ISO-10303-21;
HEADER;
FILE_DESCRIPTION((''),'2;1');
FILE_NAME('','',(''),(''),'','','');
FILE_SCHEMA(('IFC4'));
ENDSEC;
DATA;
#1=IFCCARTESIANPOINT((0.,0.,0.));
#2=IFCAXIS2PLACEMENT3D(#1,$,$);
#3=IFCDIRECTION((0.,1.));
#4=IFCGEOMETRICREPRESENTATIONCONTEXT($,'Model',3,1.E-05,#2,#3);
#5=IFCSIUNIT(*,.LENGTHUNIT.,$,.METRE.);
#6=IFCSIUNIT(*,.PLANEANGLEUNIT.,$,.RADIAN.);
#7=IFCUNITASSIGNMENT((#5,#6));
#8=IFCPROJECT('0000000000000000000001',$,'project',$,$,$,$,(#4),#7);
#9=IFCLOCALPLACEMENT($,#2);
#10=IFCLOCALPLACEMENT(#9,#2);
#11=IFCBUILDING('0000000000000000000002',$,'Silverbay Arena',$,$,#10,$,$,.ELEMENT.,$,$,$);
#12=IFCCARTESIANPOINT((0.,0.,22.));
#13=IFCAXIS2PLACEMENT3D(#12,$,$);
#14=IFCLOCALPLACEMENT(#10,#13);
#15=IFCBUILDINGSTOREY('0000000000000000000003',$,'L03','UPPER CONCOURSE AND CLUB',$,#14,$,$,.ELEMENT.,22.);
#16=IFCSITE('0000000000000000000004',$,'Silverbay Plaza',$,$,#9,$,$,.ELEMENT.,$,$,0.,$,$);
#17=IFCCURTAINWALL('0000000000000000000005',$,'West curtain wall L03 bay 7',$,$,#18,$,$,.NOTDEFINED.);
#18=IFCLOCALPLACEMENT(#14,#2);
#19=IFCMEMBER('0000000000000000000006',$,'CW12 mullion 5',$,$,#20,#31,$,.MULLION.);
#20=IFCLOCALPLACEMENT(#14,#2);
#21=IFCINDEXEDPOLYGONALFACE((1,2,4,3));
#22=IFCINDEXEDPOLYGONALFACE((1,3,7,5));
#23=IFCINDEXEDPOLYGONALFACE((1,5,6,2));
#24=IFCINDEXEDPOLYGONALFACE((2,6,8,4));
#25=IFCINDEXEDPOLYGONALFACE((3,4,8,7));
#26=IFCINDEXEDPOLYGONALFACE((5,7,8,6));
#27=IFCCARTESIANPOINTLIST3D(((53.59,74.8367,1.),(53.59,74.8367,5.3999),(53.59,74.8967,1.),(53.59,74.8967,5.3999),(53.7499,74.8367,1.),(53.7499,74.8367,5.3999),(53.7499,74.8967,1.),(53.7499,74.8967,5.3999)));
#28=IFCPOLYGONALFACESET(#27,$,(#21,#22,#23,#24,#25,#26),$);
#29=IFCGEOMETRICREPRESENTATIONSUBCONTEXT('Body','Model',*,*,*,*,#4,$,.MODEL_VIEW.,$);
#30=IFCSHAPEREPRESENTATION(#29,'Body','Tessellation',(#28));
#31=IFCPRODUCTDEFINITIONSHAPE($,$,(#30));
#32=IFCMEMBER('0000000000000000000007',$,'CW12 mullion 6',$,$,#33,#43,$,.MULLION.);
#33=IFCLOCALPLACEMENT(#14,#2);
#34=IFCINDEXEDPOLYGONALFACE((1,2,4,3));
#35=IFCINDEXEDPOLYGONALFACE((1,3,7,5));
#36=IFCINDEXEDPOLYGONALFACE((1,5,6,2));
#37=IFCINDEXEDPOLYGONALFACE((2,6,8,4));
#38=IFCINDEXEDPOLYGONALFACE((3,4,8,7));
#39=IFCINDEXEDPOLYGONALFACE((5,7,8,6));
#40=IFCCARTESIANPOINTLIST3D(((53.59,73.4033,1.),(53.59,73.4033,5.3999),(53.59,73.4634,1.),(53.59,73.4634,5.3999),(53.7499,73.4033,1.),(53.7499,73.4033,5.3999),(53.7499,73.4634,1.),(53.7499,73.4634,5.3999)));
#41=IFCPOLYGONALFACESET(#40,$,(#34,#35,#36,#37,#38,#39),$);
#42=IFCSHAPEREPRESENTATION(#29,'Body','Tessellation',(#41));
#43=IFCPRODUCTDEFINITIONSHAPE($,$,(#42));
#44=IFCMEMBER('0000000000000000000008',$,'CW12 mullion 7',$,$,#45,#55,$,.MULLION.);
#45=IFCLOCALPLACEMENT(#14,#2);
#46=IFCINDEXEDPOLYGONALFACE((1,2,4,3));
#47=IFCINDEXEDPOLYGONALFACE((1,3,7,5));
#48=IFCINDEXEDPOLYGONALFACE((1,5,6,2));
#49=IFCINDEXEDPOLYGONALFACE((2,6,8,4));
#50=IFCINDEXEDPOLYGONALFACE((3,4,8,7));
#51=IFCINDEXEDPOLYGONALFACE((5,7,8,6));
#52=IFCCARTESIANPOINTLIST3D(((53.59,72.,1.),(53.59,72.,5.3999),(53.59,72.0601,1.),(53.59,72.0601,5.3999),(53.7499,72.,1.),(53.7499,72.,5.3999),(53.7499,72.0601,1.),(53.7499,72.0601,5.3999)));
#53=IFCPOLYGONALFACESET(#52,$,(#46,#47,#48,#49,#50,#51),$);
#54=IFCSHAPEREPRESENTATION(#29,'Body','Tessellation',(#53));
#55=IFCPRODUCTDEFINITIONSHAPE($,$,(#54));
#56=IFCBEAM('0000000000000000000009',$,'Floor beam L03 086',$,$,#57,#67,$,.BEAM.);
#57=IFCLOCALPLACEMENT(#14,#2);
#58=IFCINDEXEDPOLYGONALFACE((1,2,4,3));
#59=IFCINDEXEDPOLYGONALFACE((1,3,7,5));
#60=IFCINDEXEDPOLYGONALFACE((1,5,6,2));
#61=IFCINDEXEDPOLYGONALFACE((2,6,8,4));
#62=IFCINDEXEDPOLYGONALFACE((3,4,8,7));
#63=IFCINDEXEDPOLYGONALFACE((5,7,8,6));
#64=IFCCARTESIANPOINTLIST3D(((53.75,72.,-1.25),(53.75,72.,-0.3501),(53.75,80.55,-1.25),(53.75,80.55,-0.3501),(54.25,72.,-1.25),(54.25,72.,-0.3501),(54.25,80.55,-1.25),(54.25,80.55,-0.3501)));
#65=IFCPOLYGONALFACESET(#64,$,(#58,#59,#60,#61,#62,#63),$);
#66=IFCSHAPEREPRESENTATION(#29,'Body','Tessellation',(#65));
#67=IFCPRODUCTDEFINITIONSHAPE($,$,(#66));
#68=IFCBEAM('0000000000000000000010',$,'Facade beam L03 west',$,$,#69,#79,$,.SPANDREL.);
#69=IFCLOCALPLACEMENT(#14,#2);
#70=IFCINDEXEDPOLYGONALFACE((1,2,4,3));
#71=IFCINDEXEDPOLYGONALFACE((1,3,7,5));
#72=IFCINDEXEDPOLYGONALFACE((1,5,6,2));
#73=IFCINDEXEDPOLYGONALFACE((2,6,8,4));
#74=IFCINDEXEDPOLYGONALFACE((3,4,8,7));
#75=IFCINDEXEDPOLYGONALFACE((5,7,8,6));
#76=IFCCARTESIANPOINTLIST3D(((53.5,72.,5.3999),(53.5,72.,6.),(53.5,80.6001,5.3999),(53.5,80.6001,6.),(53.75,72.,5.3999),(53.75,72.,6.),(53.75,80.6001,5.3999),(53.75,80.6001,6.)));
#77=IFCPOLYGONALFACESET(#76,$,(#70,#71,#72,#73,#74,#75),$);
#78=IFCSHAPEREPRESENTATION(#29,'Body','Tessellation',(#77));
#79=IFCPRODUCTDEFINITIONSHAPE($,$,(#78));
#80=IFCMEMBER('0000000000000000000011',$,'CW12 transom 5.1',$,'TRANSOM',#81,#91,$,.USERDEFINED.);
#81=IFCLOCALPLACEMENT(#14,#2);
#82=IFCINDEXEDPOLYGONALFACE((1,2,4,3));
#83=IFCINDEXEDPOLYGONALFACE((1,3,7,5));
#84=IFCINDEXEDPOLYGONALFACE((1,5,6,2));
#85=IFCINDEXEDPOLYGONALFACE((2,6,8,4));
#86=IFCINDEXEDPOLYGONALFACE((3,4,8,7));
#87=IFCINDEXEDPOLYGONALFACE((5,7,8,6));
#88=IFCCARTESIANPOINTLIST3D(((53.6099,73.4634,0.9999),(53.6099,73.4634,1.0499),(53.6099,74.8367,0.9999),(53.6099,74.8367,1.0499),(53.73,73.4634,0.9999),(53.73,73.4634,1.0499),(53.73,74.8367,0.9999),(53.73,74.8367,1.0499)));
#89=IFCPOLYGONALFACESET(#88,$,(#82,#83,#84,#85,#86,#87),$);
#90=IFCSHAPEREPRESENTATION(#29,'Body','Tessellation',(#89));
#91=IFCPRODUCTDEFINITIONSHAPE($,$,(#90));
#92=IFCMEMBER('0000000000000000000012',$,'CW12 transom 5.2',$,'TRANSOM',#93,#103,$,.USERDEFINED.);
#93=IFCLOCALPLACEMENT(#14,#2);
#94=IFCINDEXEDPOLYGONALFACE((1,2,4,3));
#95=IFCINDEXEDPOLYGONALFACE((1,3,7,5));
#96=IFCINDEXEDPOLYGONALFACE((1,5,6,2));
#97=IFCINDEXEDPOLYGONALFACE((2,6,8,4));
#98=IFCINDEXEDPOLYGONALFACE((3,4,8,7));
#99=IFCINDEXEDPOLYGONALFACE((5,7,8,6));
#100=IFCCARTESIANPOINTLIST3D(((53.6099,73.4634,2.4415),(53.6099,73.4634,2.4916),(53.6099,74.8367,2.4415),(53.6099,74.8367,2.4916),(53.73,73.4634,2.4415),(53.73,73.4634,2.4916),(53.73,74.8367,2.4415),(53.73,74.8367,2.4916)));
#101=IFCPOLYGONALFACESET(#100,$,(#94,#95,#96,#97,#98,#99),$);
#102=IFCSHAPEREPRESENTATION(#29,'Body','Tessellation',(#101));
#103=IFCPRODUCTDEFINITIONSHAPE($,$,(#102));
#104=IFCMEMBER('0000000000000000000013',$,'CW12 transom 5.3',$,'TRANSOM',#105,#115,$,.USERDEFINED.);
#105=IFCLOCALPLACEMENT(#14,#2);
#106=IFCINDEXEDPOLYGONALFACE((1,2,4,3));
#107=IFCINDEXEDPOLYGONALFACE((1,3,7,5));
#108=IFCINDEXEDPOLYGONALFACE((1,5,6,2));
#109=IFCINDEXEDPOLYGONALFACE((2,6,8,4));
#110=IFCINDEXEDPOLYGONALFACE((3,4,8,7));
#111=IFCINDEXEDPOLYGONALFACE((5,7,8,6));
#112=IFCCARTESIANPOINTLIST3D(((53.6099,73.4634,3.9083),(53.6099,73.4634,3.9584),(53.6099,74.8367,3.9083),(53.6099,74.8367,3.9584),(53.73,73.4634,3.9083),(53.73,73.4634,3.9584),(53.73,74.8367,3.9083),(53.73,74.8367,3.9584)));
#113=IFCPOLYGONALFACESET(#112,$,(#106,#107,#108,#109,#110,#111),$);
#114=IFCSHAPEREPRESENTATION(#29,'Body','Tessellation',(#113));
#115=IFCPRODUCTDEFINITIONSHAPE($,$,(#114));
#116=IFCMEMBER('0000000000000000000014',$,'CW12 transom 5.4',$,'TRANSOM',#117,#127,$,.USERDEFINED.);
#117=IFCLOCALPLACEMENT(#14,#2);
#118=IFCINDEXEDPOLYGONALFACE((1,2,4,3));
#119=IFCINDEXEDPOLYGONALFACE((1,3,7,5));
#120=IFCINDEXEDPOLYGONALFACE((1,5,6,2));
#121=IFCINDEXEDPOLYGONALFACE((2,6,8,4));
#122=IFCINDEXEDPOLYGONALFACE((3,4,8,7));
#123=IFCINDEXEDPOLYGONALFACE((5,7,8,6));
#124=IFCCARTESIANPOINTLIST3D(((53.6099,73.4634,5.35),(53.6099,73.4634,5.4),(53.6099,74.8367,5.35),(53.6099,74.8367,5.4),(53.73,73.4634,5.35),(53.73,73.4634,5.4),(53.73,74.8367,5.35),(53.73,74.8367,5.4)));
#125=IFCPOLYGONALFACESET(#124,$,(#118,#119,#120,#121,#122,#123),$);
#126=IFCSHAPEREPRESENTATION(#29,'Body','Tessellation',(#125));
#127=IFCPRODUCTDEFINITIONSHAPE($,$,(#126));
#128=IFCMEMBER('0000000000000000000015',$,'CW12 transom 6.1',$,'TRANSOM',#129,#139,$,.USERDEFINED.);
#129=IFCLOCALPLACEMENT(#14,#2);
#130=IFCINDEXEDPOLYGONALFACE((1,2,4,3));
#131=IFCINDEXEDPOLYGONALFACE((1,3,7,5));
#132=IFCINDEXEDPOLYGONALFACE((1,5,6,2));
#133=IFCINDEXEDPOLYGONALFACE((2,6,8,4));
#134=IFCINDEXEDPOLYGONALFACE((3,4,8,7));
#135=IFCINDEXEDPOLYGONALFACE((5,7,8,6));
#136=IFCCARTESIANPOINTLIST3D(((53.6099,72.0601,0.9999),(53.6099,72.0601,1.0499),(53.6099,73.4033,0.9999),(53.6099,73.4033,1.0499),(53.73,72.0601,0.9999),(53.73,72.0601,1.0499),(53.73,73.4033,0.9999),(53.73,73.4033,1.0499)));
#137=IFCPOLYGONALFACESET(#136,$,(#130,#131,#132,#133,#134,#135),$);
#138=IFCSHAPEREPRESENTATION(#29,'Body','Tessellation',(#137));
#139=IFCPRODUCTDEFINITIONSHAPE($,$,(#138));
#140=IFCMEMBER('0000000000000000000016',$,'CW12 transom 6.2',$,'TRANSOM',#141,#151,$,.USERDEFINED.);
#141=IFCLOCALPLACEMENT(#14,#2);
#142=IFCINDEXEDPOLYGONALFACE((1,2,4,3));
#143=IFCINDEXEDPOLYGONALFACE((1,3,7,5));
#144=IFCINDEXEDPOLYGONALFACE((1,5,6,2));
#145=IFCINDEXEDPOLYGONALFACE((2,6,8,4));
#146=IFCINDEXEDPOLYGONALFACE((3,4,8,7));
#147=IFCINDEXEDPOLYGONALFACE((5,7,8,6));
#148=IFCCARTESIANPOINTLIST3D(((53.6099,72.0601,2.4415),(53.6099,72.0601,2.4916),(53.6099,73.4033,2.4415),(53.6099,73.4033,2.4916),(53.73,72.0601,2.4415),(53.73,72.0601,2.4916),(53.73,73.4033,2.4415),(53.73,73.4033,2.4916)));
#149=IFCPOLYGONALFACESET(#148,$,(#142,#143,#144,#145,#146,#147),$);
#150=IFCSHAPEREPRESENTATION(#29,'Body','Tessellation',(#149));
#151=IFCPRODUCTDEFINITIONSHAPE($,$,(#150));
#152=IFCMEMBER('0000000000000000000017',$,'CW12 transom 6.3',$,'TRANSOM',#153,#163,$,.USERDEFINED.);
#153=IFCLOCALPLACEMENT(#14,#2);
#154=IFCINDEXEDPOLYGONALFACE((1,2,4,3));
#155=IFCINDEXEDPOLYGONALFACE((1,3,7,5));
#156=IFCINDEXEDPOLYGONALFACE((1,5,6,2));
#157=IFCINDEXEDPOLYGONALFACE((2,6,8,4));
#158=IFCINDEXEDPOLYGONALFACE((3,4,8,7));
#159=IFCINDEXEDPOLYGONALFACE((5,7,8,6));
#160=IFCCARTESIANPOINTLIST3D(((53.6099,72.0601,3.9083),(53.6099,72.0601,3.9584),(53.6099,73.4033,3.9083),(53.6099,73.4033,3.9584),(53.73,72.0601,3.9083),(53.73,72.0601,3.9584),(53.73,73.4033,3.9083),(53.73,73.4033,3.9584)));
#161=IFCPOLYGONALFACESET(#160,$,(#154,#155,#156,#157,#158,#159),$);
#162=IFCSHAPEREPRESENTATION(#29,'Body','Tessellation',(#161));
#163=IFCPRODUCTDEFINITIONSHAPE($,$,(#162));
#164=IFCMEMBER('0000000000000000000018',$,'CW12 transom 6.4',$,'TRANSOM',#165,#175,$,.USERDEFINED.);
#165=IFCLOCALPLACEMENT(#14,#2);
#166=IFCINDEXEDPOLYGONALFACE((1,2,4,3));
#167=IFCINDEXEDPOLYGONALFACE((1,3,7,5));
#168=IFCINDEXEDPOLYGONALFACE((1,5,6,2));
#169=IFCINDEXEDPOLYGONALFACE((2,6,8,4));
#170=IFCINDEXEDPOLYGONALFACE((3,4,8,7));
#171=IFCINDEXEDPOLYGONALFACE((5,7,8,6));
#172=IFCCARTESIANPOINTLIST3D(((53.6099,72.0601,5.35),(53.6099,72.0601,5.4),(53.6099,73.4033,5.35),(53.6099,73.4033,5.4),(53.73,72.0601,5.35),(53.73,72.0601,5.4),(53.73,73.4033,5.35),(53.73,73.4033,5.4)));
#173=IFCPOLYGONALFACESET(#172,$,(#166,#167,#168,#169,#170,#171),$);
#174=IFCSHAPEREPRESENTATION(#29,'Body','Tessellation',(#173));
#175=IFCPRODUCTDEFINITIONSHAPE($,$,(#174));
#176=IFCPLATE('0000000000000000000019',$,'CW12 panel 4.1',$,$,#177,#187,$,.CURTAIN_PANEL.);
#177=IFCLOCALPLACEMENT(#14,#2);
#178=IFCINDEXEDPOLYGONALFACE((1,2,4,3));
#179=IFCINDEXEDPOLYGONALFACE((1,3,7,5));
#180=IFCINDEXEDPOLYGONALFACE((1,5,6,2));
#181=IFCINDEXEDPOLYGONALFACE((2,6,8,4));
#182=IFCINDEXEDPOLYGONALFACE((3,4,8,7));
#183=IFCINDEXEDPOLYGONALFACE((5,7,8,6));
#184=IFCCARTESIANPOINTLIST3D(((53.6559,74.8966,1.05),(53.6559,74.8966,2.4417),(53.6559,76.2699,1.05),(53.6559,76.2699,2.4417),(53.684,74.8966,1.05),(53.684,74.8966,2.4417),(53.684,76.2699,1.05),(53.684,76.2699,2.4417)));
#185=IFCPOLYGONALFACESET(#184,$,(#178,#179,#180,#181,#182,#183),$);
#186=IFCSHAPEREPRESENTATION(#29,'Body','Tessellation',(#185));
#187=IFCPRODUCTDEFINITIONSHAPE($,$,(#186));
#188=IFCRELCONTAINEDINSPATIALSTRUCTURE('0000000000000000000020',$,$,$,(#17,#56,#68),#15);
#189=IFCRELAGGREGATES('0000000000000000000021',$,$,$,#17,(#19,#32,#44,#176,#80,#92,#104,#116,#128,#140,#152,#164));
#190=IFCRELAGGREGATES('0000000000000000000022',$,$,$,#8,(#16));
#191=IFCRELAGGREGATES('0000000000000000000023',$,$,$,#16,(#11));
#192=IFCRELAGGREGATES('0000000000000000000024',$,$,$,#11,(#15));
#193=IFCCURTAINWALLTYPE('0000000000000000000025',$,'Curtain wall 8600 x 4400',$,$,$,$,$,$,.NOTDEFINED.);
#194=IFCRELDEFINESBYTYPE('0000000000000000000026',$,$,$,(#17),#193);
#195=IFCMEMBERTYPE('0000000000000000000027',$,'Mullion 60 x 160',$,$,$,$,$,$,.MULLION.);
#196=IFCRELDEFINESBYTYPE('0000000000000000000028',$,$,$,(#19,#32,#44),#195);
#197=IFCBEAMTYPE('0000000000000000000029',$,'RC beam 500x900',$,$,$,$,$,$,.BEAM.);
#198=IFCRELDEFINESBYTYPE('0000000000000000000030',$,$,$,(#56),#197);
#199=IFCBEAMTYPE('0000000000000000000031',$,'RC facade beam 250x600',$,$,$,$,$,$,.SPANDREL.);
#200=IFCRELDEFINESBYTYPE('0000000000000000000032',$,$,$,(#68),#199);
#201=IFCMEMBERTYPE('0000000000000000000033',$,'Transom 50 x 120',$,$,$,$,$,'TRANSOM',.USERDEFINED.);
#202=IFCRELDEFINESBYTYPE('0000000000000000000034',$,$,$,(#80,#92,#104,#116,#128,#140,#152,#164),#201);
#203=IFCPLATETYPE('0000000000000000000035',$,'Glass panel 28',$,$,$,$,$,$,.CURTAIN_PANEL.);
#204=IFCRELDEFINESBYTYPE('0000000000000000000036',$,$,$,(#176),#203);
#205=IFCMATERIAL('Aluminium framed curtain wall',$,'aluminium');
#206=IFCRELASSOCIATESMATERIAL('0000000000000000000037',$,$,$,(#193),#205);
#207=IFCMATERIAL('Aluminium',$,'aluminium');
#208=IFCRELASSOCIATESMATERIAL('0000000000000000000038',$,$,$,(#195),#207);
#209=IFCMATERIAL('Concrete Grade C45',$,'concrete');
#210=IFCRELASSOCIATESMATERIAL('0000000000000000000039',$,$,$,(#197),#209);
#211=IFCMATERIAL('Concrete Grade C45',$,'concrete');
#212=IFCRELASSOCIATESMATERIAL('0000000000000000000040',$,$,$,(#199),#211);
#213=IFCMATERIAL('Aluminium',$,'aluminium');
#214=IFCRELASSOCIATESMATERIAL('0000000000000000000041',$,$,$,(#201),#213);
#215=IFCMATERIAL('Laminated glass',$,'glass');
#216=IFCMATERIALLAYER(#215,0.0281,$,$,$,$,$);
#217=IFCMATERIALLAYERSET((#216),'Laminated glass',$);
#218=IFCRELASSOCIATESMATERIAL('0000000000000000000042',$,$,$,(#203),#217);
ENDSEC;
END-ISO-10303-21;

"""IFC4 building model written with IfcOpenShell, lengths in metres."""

from ifc_helpers import new_model, si_unit, direction, frame, origin, origin_2d, place, context, subcontext, project, spatial, rectangle, extrude, material, layer, layer_set, material_profile, profile_set, type_object, element, aggregate, save


model = new_model("IFC4")

# Units and contexts
model_context = context("Model", 3, precision=1e-05, world=origin(), true_north=direction((0.0, 1.0)))
body_context = subcontext(model_context, "Body", "Model", "MODEL_VIEW")
ifc_project = project(units=[si_unit("LENGTHUNIT", "METRE"), si_unit("PLANEANGLEUNIT", "RADIAN")], contexts=[model_context])

# Site, building, storey
site_placement = place(None, origin())
site = spatial("IfcSite", under=ifc_project, at=site_placement, Name="Silverbay Plaza", CompositionType="ELEMENT", RefElevation=0.0)
building_placement = place(site_placement, origin())
building = spatial("IfcBuilding", under=site, at=building_placement, Name="Silverbay Arena", CompositionType="ELEMENT")
storey_placement = place(building_placement, frame((0.0, 0.0, 22.0)))
storey = spatial("IfcBuildingStorey", under=building, at=storey_placement, Name="L03", Description="UPPER CONCOURSE AND CLUB", CompositionType="ELEMENT", Elevation=22.0)

# Curtain wall, members
ifc_material_1 = material(Name="Aluminium framed curtain wall", Category="aluminium")
curtain_wall_type = type_object("IfcCurtainWallType", Name="Curtain wall 8600 x 4400", PredefinedType="NOTDEFINED", material=ifc_material_1)
curtain_wall_placement = place(storey_placement, origin())
curtain_wall = element("IfcCurtainWall", 1, at=curtain_wall_placement, inside=storey, type_object=curtain_wall_type, Name="West curtain wall L03 bay 7", PredefinedType="NOTDEFINED")
ifc_material_2 = material(Name="Aluminium", Category="aluminium")
ifc_material_profile_1 = material_profile(ifc_material_2, rectangle(XDim=0.1599, YDim=0.0601, at=origin_2d()), Name="Mullion 60 x 160")
ifc_profile_set_1 = profile_set([ifc_material_profile_1], Name="Aluminium")
member_type_1 = type_object("IfcMemberType", Name="Mullion 60 x 160", PredefinedType="MULLION", material=ifc_profile_set_1)
member_1_placement = place(storey_placement, frame((53.6699, 74.8667, 1.0), z_axis=(0.0, 0.0, 1.0), x_axis=(1.0, 0.0, 0.0)))
member_1 = element("IfcMember", 2, at=member_1_placement, type_object=member_type_1, Name="CW12 mullion 5", PredefinedType="MULLION", context=body_context, shape_type="SweptSolid", body=[
    extrude(rectangle(XDim=0.1599, YDim=0.0601, at=origin_2d()), origin(), (0.0, 0.0, 1.0), 4.3999),
])
member_2_placement = place(storey_placement, frame((53.6699, 73.4333, 1.0), z_axis=(0.0, 0.0, 1.0), x_axis=(1.0, 0.0, 0.0)))
member_2 = element("IfcMember", 3, at=member_2_placement, type_object=member_type_1, Name="CW12 mullion 6", PredefinedType="MULLION", context=body_context, shape_type="SweptSolid", body=[
    extrude(rectangle(XDim=0.1599, YDim=0.0601, at=origin_2d()), origin(), (0.0, 0.0, 1.0), 4.3999),
])
member_3_placement = place(storey_placement, frame((53.6699, 72.03, 1.0), z_axis=(0.0, 0.0, 1.0), x_axis=(1.0, 0.0, 0.0)))
member_3 = element("IfcMember", 4, at=member_3_placement, type_object=member_type_1, Name="CW12 mullion 7", PredefinedType="MULLION", context=body_context, shape_type="SweptSolid", body=[
    extrude(rectangle(XDim=0.1599, YDim=0.0601, at=origin_2d()), origin(), (0.0, 0.0, 1.0), 4.3999),
])

# Beams
ifc_material_3 = material(Name="Concrete Grade C45", Category="concrete")
ifc_material_profile_2 = material_profile(ifc_material_3, rectangle(XDim=0.5, YDim=0.8999, at=origin_2d()), Name="RC 500x900")
ifc_profile_set_2 = profile_set([ifc_material_profile_2], Name="Concrete Grade C45")
beam_type_1 = type_object("IfcBeamType", Name="RC beam 500x900", PredefinedType="BEAM", material=ifc_profile_set_2)
beam_1_placement = place(storey_placement, frame((54.0, 72.0, -0.8), z_axis=(0.0, 1.0, 0.0), x_axis=(-1.0, 0.0, 0.0)))
element("IfcBeam", 5, at=beam_1_placement, inside=storey, type_object=beam_type_1, Name="Floor beam L03 086", PredefinedType="BEAM", context=body_context, shape_type="SweptSolid", body=[
    extrude(rectangle(XDim=0.5, YDim=0.8999, at=origin_2d()), origin(), (0.0, 0.0, 1.0), 8.55),
])
ifc_material_4 = material(Name="Concrete Grade C45", Category="concrete")
ifc_material_profile_3 = material_profile(ifc_material_4, rectangle(XDim=0.25, YDim=0.6001, at=origin_2d()), Name="RC 250x600")
ifc_profile_set_3 = profile_set([ifc_material_profile_3], Name="Concrete Grade C45")
beam_type_2 = type_object("IfcBeamType", Name="RC facade beam 250x600", PredefinedType="SPANDREL", material=ifc_profile_set_3)
beam_2_placement = place(storey_placement, frame((53.625, 72.0, 5.7), z_axis=(0.0, 1.0, 0.0), x_axis=(-1.0, 0.0, 0.0)))
element("IfcBeam", 6, at=beam_2_placement, inside=storey, type_object=beam_type_2, Name="Facade beam L03 west", PredefinedType="SPANDREL", context=body_context, shape_type="SweptSolid", body=[
    extrude(rectangle(XDim=0.25, YDim=0.6001, at=origin_2d()), origin(), (0.0, 0.0, 1.0), 8.6001),
])

# Members
ifc_material_5 = material(Name="Aluminium", Category="aluminium")
ifc_material_profile_4 = material_profile(ifc_material_5, rectangle(XDim=0.1201, YDim=0.05, at=origin_2d()), Name="Transom 50 x 120")
ifc_profile_set_4 = profile_set([ifc_material_profile_4], Name="Aluminium")
member_type_2 = type_object("IfcMemberType", Name="Transom 50 x 120", ElementType="TRANSOM", PredefinedType="USERDEFINED", material=ifc_profile_set_4)
member_4_placement = place(storey_placement, frame((53.6699, 74.8367, 1.0249), z_axis=(0.0, -1.0, 0.0), x_axis=(1.0, 0.0, 0.0)))
member_4 = element("IfcMember", 7, at=member_4_placement, type_object=member_type_2, Name="CW12 transom 5.1", ObjectType="TRANSOM", PredefinedType="USERDEFINED", context=body_context, shape_type="SweptSolid", body=[
    extrude(rectangle(XDim=0.1201, YDim=0.05, at=origin_2d()), origin(), (0.0, 0.0, 1.0), 1.3733),
])
member_5_placement = place(storey_placement, frame((53.6699, 74.8367, 2.4666), z_axis=(0.0, -1.0, 0.0), x_axis=(1.0, 0.0, 0.0)))
member_5 = element("IfcMember", 8, at=member_5_placement, type_object=member_type_2, Name="CW12 transom 5.2", ObjectType="TRANSOM", PredefinedType="USERDEFINED", context=body_context, shape_type="SweptSolid", body=[
    extrude(rectangle(XDim=0.1201, YDim=0.05, at=origin_2d()), origin(), (0.0, 0.0, 1.0), 1.3733),
])
member_6_placement = place(storey_placement, frame((53.6699, 74.8367, 3.9333), z_axis=(0.0, -1.0, 0.0), x_axis=(1.0, 0.0, 0.0)))
member_6 = element("IfcMember", 9, at=member_6_placement, type_object=member_type_2, Name="CW12 transom 5.3", ObjectType="TRANSOM", PredefinedType="USERDEFINED", context=body_context, shape_type="SweptSolid", body=[
    extrude(rectangle(XDim=0.1201, YDim=0.05, at=origin_2d()), origin(), (0.0, 0.0, 1.0), 1.3733),
])
member_7_placement = place(storey_placement, frame((53.6699, 74.8367, 5.375), z_axis=(0.0, -1.0, 0.0), x_axis=(1.0, 0.0, 0.0)))
member_7 = element("IfcMember", 10, at=member_7_placement, type_object=member_type_2, Name="CW12 transom 5.4", ObjectType="TRANSOM", PredefinedType="USERDEFINED", context=body_context, shape_type="SweptSolid", body=[
    extrude(rectangle(XDim=0.1201, YDim=0.05, at=origin_2d()), origin(), (0.0, 0.0, 1.0), 1.3733),
])
member_8_placement = place(storey_placement, frame((53.6699, 73.4033, 1.0249), z_axis=(0.0, -1.0, 0.0), x_axis=(1.0, 0.0, 0.0)))
member_8 = element("IfcMember", 11, at=member_8_placement, type_object=member_type_2, Name="CW12 transom 6.1", ObjectType="TRANSOM", PredefinedType="USERDEFINED", context=body_context, shape_type="SweptSolid", body=[
    extrude(rectangle(XDim=0.1201, YDim=0.05, at=origin_2d()), origin(), (0.0, 0.0, 1.0), 1.3433),
])
member_9_placement = place(storey_placement, frame((53.6699, 73.4033, 2.4666), z_axis=(0.0, -1.0, 0.0), x_axis=(1.0, 0.0, 0.0)))
member_9 = element("IfcMember", 12, at=member_9_placement, type_object=member_type_2, Name="CW12 transom 6.2", ObjectType="TRANSOM", PredefinedType="USERDEFINED", context=body_context, shape_type="SweptSolid", body=[
    extrude(rectangle(XDim=0.1201, YDim=0.05, at=origin_2d()), origin(), (0.0, 0.0, 1.0), 1.3433),
])
member_10_placement = place(storey_placement, frame((53.6699, 73.4033, 3.9333), z_axis=(0.0, -1.0, 0.0), x_axis=(1.0, 0.0, 0.0)))
member_10 = element("IfcMember", 13, at=member_10_placement, type_object=member_type_2, Name="CW12 transom 6.3", ObjectType="TRANSOM", PredefinedType="USERDEFINED", context=body_context, shape_type="SweptSolid", body=[
    extrude(rectangle(XDim=0.1201, YDim=0.05, at=origin_2d()), origin(), (0.0, 0.0, 1.0), 1.3433),
])
member_11_placement = place(storey_placement, frame((53.6699, 73.4033, 5.375), z_axis=(0.0, -1.0, 0.0), x_axis=(1.0, 0.0, 0.0)))
member_11 = element("IfcMember", 14, at=member_11_placement, type_object=member_type_2, Name="CW12 transom 6.4", ObjectType="TRANSOM", PredefinedType="USERDEFINED", context=body_context, shape_type="SweptSolid", body=[
    extrude(rectangle(XDim=0.1201, YDim=0.05, at=origin_2d()), origin(), (0.0, 0.0, 1.0), 1.3433),
])

# Plate
ifc_material_6 = material(Name="Laminated glass", Category="glass")
ifc_layer_1 = layer(ifc_material_6, 0.0281)
ifc_layer_set_1 = layer_set([ifc_layer_1], Name="Laminated glass")
plate_type = type_object("IfcPlateType", Name="Glass panel 28", PredefinedType="CURTAIN_PANEL", material=ifc_layer_set_1)
plate_1_placement = place(storey_placement, frame((53.6699, 75.5833, 1.05), z_axis=(0.0, 0.0, 1.0), x_axis=(0.0, -1.0, 0.0)))
plate_1 = element("IfcPlate", 15, at=plate_1_placement, type_object=plate_type, Name="CW12 panel 4.1", PredefinedType="CURTAIN_PANEL", context=body_context, shape_type="SweptSolid", body=[
    extrude(rectangle(XDim=1.3733, YDim=0.0281, at=origin_2d()), origin(), (0.0, 0.0, 1.0), 1.3916),
])
aggregate(curtain_wall, [member_1, member_2, member_3, plate_1, member_4, member_5, member_6, member_7, member_8, member_9, member_10, member_11])

save(model, "model.ifc")
